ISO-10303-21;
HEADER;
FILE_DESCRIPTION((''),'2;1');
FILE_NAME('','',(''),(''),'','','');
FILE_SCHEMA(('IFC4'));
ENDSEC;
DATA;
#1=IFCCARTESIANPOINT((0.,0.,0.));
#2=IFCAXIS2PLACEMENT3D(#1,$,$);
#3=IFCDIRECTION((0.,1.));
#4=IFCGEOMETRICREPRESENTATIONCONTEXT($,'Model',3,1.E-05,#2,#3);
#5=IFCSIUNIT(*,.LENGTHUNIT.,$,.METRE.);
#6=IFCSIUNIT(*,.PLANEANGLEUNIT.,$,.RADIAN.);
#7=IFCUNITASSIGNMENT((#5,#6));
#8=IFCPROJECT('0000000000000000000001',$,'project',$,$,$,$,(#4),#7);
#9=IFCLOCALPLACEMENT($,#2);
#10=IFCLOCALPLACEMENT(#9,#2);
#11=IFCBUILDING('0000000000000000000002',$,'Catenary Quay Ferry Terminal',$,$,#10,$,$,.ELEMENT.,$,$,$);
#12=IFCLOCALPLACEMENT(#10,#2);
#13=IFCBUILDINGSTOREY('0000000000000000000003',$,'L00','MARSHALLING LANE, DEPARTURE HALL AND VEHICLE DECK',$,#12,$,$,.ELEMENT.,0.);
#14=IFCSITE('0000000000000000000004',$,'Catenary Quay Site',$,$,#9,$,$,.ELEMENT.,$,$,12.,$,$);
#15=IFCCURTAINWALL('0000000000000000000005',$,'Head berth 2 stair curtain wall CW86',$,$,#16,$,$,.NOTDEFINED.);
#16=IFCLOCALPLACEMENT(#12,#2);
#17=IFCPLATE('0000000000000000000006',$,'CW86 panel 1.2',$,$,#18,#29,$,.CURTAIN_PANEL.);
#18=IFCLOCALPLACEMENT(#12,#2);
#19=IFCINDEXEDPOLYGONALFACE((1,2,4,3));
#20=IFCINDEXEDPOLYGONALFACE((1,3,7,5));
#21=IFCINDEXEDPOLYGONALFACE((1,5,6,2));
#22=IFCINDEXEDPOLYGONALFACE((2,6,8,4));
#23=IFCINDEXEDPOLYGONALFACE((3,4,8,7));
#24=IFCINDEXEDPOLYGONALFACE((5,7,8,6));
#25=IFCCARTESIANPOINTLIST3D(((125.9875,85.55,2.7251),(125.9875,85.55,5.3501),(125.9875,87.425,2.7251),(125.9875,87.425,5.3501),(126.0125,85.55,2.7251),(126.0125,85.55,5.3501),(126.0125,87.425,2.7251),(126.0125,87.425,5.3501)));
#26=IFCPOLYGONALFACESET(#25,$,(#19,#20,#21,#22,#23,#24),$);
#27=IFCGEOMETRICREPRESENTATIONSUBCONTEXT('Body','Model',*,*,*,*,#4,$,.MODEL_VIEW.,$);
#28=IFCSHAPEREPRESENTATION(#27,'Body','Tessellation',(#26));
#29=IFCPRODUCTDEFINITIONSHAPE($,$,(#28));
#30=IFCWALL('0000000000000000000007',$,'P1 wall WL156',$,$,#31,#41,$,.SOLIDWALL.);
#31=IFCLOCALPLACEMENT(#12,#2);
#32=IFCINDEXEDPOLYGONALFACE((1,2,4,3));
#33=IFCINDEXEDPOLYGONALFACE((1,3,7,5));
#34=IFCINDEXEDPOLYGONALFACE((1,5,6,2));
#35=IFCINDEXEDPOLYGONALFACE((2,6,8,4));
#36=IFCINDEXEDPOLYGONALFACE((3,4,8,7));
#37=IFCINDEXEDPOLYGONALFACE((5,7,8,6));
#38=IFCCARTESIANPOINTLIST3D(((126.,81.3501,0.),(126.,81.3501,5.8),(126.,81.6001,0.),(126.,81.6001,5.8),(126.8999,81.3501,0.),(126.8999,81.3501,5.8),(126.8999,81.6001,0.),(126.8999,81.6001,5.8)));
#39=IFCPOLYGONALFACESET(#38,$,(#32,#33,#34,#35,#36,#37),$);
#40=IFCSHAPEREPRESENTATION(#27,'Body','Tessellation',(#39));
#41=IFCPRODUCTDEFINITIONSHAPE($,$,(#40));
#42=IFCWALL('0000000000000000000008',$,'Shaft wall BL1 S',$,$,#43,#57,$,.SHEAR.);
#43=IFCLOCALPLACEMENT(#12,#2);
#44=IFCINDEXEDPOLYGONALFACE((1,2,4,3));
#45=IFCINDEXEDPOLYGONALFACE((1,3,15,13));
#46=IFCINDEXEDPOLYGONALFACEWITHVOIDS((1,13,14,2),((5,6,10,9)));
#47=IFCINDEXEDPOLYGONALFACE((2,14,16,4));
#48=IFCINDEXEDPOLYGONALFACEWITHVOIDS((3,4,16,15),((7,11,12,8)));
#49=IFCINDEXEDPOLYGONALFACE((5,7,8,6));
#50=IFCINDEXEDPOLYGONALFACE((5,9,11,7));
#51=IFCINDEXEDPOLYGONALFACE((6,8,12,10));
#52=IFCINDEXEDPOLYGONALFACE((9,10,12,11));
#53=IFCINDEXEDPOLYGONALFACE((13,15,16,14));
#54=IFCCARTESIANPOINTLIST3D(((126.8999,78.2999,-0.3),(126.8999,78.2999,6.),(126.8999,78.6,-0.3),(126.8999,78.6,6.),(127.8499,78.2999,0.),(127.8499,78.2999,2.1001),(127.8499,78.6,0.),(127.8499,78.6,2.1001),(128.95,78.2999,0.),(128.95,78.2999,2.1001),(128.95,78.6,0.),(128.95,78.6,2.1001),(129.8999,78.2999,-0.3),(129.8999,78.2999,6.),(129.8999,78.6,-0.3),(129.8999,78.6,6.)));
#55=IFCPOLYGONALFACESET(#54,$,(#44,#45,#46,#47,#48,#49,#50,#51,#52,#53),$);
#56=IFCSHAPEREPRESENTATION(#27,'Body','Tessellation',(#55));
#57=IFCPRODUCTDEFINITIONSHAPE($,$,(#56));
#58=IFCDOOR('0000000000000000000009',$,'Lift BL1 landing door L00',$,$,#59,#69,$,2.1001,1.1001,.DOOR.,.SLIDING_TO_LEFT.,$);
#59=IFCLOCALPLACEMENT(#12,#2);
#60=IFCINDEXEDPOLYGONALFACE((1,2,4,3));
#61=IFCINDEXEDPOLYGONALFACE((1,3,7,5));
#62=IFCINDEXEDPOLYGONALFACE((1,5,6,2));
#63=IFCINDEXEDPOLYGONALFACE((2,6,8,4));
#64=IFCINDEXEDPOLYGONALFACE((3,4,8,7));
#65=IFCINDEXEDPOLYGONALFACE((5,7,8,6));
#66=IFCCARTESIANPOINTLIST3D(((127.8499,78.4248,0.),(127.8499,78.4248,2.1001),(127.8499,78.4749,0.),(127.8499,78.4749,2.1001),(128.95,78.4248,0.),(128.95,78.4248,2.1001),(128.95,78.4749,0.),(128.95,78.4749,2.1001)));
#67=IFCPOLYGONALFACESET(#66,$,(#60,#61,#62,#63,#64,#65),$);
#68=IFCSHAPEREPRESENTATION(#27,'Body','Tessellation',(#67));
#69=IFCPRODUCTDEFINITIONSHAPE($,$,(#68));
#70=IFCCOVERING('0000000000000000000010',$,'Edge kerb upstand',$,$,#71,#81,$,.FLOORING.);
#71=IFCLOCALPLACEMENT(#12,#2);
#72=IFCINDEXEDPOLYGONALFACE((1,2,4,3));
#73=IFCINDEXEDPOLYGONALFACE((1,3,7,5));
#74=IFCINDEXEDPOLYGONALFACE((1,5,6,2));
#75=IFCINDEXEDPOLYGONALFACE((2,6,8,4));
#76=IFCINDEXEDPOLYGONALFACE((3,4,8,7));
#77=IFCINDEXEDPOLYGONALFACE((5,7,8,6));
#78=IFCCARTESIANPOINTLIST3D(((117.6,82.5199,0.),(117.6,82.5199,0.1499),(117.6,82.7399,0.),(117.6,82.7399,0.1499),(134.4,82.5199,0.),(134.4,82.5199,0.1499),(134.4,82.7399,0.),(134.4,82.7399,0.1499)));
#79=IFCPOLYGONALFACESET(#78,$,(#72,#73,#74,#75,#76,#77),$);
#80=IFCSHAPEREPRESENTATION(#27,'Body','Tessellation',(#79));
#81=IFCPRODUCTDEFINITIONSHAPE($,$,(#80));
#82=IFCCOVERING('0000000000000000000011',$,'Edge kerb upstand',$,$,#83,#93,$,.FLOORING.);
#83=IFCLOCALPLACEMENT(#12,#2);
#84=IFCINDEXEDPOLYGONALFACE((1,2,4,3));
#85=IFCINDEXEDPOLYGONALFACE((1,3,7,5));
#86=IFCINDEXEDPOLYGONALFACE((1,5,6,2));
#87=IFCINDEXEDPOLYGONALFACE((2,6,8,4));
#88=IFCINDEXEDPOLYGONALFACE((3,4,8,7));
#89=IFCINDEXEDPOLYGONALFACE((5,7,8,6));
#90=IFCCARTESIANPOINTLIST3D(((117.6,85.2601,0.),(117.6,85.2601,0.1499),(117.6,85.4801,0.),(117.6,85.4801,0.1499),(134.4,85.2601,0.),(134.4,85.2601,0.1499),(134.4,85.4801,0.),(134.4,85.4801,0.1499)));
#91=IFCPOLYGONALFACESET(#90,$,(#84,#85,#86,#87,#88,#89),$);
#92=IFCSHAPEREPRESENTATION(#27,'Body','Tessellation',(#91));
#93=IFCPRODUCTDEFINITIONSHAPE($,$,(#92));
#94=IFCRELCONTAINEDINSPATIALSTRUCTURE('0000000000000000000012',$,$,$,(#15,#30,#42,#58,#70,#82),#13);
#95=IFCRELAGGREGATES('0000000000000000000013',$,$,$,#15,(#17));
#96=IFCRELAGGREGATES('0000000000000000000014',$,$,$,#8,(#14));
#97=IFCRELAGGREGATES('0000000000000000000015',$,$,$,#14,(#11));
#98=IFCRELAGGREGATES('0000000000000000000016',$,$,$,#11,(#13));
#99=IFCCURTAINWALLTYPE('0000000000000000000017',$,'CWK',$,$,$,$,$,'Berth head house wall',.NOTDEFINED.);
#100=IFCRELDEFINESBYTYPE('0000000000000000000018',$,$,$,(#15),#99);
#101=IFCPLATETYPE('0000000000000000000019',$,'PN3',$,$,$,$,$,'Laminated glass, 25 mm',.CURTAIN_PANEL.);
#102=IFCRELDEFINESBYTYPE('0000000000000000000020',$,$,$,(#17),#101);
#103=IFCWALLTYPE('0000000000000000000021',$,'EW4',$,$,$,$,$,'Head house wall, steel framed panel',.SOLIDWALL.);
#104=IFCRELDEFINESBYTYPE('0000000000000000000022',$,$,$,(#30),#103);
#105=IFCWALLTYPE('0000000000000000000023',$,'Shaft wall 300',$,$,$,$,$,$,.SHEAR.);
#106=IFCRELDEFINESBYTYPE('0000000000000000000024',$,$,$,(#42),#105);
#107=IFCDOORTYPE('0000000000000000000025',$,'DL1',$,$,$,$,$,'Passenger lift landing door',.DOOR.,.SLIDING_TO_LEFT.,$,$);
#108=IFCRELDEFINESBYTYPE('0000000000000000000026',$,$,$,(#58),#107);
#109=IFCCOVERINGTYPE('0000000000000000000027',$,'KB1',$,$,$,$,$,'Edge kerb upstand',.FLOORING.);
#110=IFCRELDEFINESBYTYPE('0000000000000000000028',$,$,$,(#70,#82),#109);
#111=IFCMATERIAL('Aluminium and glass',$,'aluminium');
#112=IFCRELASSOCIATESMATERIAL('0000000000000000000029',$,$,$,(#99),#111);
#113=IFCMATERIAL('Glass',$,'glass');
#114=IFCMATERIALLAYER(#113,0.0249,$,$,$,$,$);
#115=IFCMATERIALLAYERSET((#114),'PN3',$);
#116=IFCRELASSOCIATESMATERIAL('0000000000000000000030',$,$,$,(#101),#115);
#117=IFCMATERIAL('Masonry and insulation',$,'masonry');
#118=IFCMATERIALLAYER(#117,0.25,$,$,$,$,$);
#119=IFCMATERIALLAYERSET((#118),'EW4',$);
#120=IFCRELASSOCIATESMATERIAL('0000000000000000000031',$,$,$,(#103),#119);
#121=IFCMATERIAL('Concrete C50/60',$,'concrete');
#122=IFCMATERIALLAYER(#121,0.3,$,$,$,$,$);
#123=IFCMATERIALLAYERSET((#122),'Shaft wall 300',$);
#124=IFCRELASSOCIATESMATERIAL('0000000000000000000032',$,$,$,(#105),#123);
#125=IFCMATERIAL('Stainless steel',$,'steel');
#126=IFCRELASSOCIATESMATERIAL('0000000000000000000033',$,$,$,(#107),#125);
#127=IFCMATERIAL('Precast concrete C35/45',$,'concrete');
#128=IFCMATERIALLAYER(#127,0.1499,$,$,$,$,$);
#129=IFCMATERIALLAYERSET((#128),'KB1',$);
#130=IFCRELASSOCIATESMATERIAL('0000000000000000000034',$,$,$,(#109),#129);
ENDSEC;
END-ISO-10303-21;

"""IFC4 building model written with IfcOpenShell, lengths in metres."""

from ifc_helpers import new_model, si_unit, direction, frame, frame_2d, origin, origin_2d, place, context, subcontext, project, spatial, rectangle, extrude, material, layer, layer_set, type_object, element, fill, aggregate, save


model = new_model("IFC4")

# Units and contexts
model_context = context("Model", 3, precision=1e-05, world=origin(), true_north=direction((0.0, 1.0)))
body_context = subcontext(model_context, "Body", "Model", "MODEL_VIEW")
ifc_project = project(units=[si_unit("LENGTHUNIT", "METRE"), si_unit("PLANEANGLEUNIT", "RADIAN")], contexts=[model_context])

# Site, building, storey
site_placement = place(None, origin())
site = spatial("IfcSite", under=ifc_project, at=site_placement, Name="Catenary Quay Site", CompositionType="ELEMENT", RefElevation=12.0)
building_placement = place(site_placement, origin())
building = spatial("IfcBuilding", under=site, at=building_placement, Name="Catenary Quay Ferry Terminal", CompositionType="ELEMENT")
storey_placement = place(building_placement, origin())
storey = spatial("IfcBuildingStorey", under=building, at=storey_placement, Name="L00", Description="MARSHALLING LANE, DEPARTURE HALL AND VEHICLE DECK", CompositionType="ELEMENT", Elevation=0.0)

# Shared definitions
ifc_material_1 = material(Name="Aluminium and glass", Category="aluminium")
curtain_wall_type = type_object("IfcCurtainWallType", Name="CWK", ElementType="Berth head house wall", PredefinedType="NOTDEFINED", material=ifc_material_1)

# Curtain wall
curtain_wall_1_placement = place(storey_placement, origin())
curtain_wall_1 = element("IfcCurtainWall", 1, at=curtain_wall_1_placement, inside=storey, type_object=curtain_wall_type, Name="Head berth 2 stair curtain wall CW86", PredefinedType="NOTDEFINED")

# Plate
ifc_material_2 = material(Name="Glass", Category="glass")
ifc_layer_1 = layer(ifc_material_2, 0.0249)
ifc_layer_set_1 = layer_set([ifc_layer_1], Name="PN3")
plate_type = type_object("IfcPlateType", Name="PN3", ElementType="Laminated glass, 25 mm", PredefinedType="CURTAIN_PANEL", material=ifc_layer_set_1)
plate_1_placement = place(storey_placement, frame((126.0, 86.4875, 2.7251), z_axis=(0.0, 0.0, 1.0), x_axis=(0.0, 1.0, 0.0)))
plate_1 = element("IfcPlate", 2, at=plate_1_placement, type_object=plate_type, Name="CW86 panel 1.2", PredefinedType="CURTAIN_PANEL", context=body_context, shape_type="SweptSolid", body=[
    extrude(rectangle(XDim=1.875, YDim=0.0249, at=origin_2d()), origin(), (0.0, 0.0, 1.0), 2.625),
])
aggregate(curtain_wall_1, [plate_1])

# Wall
ifc_material_3 = material(Name="Masonry and insulation", Category="masonry")
ifc_layer_2 = layer(ifc_material_3, 0.25)
ifc_layer_set_2 = layer_set([ifc_layer_2], Name="EW4")
wall_type_1 = type_object("IfcWallType", Name="EW4", ElementType="Head house wall, steel framed panel", PredefinedType="SOLIDWALL", material=ifc_layer_set_2)
wall_1_placement = place(storey_placement, frame((126.0, 81.4751, 0.0), z_axis=(0.0, 0.0, 1.0), x_axis=(1.0, 0.0, 0.0)))
element("IfcWall", 3, at=wall_1_placement, inside=storey, type_object=wall_type_1, Name="P1 wall WL156", PredefinedType="SOLIDWALL", context=body_context, shape_type="SweptSolid", body=[
    extrude(rectangle(XDim=0.8999, YDim=0.25, at=frame_2d((0.45, 0.0))), origin(), (0.0, 0.0, 1.0), 5.8),
])

# Wall, opening, door
ifc_material_4 = material(Name="Concrete C50/60", Category="concrete")
ifc_layer_3 = layer(ifc_material_4, 0.3)
ifc_layer_set_3 = layer_set([ifc_layer_3], Name="Shaft wall 300")
wall_type_2 = type_object("IfcWallType", Name="Shaft wall 300", PredefinedType="SHEAR", material=ifc_layer_set_3)
wall_2_placement = place(storey_placement, frame((126.8999, 78.45, -0.3), z_axis=(0.0, 0.0, 1.0), x_axis=(1.0, 0.0, 0.0)))
wall_2 = element("IfcWall", 4, at=wall_2_placement, inside=storey, type_object=wall_type_2, Name="Shaft wall BL1 S", PredefinedType="SHEAR", context=body_context, shape_type="SweptSolid", body=[
    extrude(rectangle(XDim=3.0, YDim=0.3, at=frame_2d((1.5, 0.0))), origin(), (0.0, 0.0, 1.0), 6.3),
])
opening_placement = place(wall_2_placement, frame((0.95, 0.0, 0.3)))
opening = element("IfcOpeningElement", 5, at=opening_placement, cuts=wall_2, PredefinedType="OPENING", context=body_context, shape_type="SweptSolid", body=[
    extrude(rectangle(XDim=1.1001, YDim=2.1001, at=frame_2d((0.55, 1.05))), frame((0.0, 0.1599, 0.0), z_axis=(0.0, -1.0, 0.0), x_axis=(1.0, 0.0, 0.0)), (0.0, 0.0, 1.0), 0.3201),
])
ifc_material_5 = material(Name="Stainless steel", Category="steel")
door_type = type_object("IfcDoorType", Name="DL1", ElementType="Passenger lift landing door", OperationType="SLIDING_TO_LEFT", PredefinedType="DOOR", material=ifc_material_5)
door_placement = place(opening_placement, origin())
door = element("IfcDoor", 6, at=door_placement, inside=storey, type_object=door_type, Name="Lift BL1 landing door L00", OperationType="SLIDING_TO_LEFT", OverallHeight=2.1001, OverallWidth=1.1001, PredefinedType="DOOR", context=body_context, shape_type="SweptSolid", body=[
    extrude(rectangle(XDim=1.1001, YDim=2.1001, at=frame_2d((0.55, 1.05))), frame((0.0, 0.0249, 0.0), z_axis=(0.0, -1.0, 0.0), x_axis=(1.0, 0.0, 0.0)), (0.0, 0.0, 1.0), 0.05),
])
fill(opening, door)

# Coverings
ifc_material_6 = material(Name="Precast concrete C35/45", Category="concrete")
ifc_layer_4 = layer(ifc_material_6, 0.1499)
ifc_layer_set_4 = layer_set([ifc_layer_4], Name="KB1")
covering_type = type_object("IfcCoveringType", Name="KB1", ElementType="Edge kerb upstand", PredefinedType="FLOORING", material=ifc_layer_set_4)
for number, where, z_axis, x_axis, name in (
    (7, (126.0, 82.6299, 0.0), (0.0, 0.0, 1.0), (1.0, 0.0, 0.0), "Edge kerb upstand"),
    (8, (126.0, 85.3701, 0.0), (0.0, 0.0, 1.0), (1.0, 0.0, 0.0), "Edge kerb upstand"),
):
    element("IfcCovering", number, at=place(storey_placement, frame(where, z_axis=z_axis, x_axis=x_axis)), inside=storey, type_object=covering_type, Name=name, PredefinedType="FLOORING", context=body_context, shape_type="SweptSolid", body=[
        extrude(rectangle(XDim=16.8, YDim=0.22, at=origin_2d()), origin(), (0.0, 0.0, 1.0), 0.1499),
    ])

save(model, "model.ifc")
